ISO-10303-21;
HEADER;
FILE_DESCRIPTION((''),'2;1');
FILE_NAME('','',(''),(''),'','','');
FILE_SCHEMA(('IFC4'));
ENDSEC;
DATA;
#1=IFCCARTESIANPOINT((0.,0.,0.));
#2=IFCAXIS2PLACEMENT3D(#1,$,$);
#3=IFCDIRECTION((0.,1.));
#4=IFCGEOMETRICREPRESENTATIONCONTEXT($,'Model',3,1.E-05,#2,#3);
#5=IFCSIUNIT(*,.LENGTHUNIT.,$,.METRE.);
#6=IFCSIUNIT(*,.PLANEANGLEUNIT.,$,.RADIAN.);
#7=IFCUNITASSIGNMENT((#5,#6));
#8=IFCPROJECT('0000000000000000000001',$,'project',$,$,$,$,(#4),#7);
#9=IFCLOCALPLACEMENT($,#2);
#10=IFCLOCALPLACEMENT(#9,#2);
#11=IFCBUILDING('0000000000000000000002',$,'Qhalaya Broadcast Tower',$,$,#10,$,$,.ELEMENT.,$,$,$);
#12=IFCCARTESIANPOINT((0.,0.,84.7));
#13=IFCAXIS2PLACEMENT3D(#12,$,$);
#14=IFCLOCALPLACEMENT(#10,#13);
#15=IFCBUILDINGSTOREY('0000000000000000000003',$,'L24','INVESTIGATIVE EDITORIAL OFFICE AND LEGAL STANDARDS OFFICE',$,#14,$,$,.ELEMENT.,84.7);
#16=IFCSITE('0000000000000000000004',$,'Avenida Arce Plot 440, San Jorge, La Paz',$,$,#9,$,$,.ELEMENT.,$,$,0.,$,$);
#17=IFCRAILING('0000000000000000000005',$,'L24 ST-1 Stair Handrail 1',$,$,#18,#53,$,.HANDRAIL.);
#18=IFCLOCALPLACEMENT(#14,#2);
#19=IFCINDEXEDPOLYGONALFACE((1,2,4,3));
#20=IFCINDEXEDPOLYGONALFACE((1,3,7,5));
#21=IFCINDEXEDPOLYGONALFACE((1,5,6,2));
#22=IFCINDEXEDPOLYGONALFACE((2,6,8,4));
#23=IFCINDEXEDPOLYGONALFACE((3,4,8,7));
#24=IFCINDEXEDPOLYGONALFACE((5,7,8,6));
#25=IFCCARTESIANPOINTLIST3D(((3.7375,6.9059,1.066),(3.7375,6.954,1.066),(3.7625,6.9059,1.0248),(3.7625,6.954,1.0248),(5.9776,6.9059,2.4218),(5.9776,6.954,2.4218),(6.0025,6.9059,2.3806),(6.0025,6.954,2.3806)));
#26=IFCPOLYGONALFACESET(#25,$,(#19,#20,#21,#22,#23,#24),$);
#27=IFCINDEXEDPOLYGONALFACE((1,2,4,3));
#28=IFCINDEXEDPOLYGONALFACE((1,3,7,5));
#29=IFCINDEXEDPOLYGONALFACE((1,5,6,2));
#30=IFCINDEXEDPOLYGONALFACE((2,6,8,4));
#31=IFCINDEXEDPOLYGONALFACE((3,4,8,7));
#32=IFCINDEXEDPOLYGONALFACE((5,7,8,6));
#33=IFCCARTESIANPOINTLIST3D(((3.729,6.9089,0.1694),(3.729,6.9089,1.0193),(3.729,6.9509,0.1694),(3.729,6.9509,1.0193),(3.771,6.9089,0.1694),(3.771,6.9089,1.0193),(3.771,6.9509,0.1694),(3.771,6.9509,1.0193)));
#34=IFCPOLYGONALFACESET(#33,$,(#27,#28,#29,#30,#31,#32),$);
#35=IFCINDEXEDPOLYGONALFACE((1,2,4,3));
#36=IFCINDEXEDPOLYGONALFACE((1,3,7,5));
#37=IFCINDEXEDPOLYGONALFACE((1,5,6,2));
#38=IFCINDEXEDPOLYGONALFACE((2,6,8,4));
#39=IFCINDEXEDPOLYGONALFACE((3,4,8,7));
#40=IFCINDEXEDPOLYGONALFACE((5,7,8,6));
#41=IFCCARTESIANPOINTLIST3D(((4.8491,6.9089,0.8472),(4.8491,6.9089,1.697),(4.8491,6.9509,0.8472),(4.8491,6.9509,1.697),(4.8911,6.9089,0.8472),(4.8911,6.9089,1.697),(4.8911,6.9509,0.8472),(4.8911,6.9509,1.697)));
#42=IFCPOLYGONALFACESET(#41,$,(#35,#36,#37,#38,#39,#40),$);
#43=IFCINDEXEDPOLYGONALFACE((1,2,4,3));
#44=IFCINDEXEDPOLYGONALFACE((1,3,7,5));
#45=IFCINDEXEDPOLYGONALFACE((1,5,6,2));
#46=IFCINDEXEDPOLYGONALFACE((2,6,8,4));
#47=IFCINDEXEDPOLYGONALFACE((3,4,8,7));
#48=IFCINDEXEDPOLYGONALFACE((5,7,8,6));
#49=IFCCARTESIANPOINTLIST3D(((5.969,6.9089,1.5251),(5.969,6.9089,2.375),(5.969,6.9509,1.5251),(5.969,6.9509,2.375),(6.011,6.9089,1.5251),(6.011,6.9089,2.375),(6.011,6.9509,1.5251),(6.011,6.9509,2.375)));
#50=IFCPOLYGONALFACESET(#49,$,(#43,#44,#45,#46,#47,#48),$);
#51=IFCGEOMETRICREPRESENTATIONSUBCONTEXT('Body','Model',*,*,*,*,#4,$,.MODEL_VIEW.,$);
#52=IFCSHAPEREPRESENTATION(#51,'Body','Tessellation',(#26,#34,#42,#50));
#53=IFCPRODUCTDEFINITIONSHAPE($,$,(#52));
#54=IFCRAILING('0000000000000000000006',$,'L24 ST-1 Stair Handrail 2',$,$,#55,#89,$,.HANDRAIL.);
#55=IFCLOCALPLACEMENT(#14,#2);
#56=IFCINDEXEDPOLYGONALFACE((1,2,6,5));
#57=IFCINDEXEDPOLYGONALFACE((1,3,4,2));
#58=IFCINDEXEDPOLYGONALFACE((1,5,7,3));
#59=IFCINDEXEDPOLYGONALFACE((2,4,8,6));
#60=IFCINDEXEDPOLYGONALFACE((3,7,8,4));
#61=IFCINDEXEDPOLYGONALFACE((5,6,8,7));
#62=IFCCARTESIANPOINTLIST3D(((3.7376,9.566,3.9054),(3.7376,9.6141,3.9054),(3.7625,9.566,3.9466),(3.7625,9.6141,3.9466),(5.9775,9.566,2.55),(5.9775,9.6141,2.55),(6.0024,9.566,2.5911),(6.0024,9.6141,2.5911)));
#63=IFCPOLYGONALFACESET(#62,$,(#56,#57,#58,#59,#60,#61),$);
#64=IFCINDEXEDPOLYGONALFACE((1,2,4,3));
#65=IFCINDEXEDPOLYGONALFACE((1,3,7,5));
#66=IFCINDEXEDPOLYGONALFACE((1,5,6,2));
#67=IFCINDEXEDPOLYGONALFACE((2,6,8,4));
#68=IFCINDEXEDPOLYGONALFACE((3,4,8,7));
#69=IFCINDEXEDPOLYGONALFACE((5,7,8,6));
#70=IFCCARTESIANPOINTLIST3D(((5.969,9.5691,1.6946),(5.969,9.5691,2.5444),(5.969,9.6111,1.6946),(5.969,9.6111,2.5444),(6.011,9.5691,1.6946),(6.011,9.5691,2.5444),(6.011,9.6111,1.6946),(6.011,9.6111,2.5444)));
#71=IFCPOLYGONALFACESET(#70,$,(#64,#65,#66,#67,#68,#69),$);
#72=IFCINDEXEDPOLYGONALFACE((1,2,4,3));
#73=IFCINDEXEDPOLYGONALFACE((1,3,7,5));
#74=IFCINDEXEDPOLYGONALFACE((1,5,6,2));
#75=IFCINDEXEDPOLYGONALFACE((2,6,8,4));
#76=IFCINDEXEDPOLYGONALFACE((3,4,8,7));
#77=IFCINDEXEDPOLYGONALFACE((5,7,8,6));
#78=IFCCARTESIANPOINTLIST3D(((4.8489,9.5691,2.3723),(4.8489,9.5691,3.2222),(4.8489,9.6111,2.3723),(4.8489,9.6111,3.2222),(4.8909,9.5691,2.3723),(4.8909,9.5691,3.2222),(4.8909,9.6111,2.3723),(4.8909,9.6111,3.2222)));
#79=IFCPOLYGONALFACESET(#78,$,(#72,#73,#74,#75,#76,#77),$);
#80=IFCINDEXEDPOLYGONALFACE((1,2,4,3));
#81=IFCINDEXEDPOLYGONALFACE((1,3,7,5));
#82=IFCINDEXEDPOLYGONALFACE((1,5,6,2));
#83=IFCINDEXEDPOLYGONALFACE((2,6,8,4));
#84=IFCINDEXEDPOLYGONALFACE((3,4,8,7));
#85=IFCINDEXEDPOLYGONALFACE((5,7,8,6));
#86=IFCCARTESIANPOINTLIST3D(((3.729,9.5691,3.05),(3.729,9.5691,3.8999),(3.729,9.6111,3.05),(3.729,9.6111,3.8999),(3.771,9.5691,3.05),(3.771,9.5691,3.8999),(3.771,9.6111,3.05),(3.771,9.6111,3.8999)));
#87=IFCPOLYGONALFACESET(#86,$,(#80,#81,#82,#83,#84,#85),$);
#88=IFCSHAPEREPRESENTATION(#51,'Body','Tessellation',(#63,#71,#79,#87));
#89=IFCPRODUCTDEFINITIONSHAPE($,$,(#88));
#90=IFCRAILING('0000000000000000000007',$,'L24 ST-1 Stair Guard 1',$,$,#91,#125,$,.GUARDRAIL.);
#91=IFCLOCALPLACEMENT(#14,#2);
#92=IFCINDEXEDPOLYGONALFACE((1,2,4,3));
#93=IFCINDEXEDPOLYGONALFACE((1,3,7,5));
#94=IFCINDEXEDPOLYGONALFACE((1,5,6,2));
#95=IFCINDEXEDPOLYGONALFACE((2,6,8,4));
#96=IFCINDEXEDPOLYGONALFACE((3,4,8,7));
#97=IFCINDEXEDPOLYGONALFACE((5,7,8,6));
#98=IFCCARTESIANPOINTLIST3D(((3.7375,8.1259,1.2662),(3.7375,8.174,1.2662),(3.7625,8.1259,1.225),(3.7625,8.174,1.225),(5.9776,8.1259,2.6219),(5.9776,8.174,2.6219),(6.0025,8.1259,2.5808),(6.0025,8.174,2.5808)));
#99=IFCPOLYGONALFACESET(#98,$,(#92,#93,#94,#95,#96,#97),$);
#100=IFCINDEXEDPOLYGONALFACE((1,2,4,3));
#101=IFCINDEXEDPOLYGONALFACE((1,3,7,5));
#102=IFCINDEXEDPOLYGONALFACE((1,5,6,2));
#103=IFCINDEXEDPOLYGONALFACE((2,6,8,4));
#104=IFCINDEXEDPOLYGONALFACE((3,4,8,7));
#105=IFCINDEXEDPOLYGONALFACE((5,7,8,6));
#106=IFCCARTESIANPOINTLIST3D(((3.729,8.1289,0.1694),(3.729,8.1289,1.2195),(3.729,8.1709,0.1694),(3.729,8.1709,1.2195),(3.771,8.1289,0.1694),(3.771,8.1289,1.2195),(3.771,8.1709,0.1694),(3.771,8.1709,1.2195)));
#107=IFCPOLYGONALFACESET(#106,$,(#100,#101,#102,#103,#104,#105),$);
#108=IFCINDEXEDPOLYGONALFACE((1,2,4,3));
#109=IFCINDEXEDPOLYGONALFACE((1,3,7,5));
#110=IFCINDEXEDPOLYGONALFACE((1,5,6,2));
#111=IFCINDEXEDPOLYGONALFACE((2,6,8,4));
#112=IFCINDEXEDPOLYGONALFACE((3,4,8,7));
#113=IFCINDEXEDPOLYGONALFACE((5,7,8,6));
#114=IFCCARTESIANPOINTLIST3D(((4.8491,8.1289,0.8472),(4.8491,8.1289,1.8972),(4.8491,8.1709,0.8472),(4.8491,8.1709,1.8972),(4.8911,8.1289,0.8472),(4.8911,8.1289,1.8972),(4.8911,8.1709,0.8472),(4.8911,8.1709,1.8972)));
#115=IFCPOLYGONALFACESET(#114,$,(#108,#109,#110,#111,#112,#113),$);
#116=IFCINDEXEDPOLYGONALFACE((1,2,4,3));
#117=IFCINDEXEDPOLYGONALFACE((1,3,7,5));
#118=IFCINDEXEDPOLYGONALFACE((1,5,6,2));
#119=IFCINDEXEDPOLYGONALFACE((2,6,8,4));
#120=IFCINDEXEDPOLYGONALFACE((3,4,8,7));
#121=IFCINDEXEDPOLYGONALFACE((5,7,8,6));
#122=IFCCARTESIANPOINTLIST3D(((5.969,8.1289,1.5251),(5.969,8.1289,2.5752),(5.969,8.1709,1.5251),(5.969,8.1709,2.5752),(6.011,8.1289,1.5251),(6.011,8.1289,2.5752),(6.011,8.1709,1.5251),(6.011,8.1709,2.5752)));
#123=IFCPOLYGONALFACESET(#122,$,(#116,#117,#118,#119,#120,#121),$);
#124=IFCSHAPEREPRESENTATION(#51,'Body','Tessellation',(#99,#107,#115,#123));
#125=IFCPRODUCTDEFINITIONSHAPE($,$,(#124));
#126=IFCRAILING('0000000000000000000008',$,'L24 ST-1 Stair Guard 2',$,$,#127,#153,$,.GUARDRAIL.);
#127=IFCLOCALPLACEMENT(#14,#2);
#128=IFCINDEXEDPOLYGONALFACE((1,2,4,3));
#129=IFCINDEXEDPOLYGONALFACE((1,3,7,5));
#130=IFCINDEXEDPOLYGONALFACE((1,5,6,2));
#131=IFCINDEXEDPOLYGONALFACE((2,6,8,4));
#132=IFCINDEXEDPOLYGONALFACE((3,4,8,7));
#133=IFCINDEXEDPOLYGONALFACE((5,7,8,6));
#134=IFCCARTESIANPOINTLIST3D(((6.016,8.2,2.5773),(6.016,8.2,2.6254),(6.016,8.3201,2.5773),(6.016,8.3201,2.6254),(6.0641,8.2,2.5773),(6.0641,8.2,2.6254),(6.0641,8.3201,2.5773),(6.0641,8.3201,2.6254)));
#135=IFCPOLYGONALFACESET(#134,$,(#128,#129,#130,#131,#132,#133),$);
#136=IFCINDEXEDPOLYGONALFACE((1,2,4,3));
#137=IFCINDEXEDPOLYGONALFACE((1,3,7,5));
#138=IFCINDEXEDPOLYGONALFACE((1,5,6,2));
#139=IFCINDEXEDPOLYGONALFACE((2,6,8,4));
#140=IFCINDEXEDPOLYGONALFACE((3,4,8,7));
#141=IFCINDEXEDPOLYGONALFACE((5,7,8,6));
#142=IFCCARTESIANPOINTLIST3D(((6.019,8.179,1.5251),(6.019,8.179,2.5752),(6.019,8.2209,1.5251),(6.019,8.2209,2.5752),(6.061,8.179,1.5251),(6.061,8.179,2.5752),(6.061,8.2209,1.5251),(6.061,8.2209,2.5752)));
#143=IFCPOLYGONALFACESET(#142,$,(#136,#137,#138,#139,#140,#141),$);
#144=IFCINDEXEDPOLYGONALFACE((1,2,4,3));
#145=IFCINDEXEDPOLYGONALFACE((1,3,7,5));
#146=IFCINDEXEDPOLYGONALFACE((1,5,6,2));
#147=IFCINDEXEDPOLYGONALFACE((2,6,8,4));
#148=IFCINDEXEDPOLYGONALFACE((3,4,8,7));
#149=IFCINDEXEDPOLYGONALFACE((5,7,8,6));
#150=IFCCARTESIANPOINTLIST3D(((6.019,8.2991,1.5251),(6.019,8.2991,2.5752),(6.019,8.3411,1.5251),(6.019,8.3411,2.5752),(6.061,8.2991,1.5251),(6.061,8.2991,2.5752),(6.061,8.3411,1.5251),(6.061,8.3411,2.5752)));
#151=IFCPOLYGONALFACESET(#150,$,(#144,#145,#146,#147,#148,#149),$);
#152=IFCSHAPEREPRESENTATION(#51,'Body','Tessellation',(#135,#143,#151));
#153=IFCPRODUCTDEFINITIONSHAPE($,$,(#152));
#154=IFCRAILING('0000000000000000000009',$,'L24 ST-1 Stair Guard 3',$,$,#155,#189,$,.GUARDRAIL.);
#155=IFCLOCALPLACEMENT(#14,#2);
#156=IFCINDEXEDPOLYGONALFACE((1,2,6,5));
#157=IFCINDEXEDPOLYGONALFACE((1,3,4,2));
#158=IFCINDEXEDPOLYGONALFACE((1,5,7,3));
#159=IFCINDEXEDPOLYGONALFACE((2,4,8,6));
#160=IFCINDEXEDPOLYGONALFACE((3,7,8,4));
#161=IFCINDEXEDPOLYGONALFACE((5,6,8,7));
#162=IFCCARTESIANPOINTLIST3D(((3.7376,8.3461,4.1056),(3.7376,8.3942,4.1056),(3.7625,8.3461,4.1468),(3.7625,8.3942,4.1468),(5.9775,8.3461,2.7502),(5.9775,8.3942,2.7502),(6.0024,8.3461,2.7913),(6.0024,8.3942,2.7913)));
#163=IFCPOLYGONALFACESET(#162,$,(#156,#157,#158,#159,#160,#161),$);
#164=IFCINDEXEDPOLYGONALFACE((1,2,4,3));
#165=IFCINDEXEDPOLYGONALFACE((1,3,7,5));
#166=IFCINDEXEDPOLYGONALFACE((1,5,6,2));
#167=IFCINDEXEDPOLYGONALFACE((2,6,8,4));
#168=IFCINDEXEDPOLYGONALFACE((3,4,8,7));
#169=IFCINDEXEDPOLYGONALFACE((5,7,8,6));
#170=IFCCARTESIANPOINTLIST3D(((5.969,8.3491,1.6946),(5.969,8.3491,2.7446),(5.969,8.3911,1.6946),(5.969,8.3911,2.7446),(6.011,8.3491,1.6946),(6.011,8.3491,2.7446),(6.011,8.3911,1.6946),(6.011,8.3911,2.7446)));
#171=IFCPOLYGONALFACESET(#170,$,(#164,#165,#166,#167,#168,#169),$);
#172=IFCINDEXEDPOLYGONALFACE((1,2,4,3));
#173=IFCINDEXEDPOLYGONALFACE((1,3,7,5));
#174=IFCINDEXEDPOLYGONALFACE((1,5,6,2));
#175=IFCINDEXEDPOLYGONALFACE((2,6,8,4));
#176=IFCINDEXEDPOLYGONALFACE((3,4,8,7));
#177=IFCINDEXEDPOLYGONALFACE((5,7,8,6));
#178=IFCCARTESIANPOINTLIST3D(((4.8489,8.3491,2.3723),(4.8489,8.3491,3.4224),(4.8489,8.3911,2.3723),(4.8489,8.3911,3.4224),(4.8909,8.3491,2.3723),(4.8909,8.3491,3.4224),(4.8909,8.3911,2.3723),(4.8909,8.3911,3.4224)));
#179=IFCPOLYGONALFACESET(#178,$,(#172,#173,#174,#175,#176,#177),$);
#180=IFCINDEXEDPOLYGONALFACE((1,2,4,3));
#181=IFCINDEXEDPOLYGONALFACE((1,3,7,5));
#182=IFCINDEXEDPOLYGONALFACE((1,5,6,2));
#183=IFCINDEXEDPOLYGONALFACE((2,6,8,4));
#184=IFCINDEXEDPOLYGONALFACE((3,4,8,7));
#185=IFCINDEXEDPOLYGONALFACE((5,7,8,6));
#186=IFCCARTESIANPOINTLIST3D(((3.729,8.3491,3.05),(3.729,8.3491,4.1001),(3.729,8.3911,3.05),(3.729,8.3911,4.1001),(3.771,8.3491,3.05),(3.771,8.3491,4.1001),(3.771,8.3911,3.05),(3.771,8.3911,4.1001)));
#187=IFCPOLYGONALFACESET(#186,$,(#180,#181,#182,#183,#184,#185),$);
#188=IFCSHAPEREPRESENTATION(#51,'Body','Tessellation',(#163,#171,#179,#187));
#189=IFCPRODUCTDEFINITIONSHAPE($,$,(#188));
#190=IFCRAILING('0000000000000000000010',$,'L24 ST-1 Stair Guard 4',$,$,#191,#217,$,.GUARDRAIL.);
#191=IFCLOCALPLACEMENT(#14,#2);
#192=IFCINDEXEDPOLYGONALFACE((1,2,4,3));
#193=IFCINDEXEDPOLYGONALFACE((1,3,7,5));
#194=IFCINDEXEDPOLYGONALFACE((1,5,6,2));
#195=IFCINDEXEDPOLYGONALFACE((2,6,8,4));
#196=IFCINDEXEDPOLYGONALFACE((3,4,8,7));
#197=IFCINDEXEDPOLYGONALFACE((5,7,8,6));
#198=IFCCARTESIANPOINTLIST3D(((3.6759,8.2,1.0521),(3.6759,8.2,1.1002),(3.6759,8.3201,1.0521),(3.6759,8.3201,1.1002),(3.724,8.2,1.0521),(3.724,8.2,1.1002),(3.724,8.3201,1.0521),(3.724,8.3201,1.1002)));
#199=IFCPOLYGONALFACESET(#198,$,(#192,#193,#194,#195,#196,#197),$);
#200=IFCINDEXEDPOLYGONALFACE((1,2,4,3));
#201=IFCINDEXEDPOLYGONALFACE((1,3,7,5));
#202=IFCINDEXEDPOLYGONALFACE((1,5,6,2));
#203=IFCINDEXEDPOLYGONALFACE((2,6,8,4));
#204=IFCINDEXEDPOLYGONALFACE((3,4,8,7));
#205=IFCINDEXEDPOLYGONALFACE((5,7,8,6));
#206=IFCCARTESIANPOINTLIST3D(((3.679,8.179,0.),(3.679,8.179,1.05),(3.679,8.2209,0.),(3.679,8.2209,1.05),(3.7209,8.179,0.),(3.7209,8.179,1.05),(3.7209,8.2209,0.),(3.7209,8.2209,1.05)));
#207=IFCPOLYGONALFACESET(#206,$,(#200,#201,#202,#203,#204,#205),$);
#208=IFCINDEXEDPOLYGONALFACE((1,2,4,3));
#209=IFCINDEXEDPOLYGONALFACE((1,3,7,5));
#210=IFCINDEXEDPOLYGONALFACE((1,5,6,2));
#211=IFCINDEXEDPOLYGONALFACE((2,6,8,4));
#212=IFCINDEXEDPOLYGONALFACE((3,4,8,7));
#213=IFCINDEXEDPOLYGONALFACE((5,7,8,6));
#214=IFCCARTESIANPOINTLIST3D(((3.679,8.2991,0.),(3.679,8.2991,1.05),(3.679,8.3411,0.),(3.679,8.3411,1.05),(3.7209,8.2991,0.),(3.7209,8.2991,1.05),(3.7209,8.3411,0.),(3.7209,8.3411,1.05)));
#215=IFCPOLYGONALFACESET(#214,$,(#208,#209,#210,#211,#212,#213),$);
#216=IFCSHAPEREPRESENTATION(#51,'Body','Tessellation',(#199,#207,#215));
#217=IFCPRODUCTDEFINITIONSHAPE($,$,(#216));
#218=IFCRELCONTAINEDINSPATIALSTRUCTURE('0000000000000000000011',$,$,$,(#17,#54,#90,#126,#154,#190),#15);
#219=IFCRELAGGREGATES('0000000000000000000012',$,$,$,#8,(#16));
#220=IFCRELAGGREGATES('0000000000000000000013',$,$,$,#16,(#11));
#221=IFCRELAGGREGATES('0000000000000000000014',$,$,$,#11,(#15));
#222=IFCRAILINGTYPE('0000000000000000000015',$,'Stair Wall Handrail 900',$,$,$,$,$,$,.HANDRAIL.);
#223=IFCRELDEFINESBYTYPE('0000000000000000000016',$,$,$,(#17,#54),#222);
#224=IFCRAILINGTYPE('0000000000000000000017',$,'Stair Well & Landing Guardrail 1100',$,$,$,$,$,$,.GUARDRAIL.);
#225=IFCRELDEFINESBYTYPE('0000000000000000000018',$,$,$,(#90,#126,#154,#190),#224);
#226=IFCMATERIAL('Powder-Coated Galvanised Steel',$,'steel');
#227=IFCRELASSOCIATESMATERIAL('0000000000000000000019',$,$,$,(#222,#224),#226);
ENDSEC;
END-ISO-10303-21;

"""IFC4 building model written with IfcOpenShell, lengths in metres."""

from ifc_helpers import new_model, si_unit, direction, frame, origin, origin_2d, place, context, subcontext, project, spatial, rectangle, extrude, material, type_object, element, save


model = new_model("IFC4")

# Units and contexts
model_context = context("Model", 3, precision=1e-05, world=origin(), true_north=direction((0.0, 1.0)))
body_context = subcontext(model_context, "Body", "Model", "MODEL_VIEW")
ifc_project = project(units=[si_unit("LENGTHUNIT", "METRE"), si_unit("PLANEANGLEUNIT", "RADIAN")], contexts=[model_context])

# Site, building, storey
site_placement = place(None, origin())
site = spatial("IfcSite", under=ifc_project, at=site_placement, Name="Avenida Arce Plot 440, San Jorge, La Paz", CompositionType="ELEMENT", RefElevation=0.0)
building_placement = place(site_placement, origin())
building = spatial("IfcBuilding", under=site, at=building_placement, Name="Qhalaya Broadcast Tower", CompositionType="ELEMENT")
storey_placement = place(building_placement, frame((0.0, 0.0, 84.7)))
storey = spatial("IfcBuildingStorey", under=building, at=storey_placement, Name="L24", Description="INVESTIGATIVE EDITORIAL OFFICE AND LEGAL STANDARDS OFFICE", CompositionType="ELEMENT", Elevation=84.7)

# Railings
ifc_material_1 = material(Name="Powder-Coated Galvanised Steel", Category="steel")
railing_type_1 = type_object("IfcRailingType", Name="Stair Wall Handrail 900", PredefinedType="HANDRAIL", material=ifc_material_1)
railing_1_placement = place(storey_placement, frame((3.75, 6.9299, 0.1694)))
element("IfcRailing", 1, at=railing_1_placement, inside=storey, type_object=railing_type_1, Name="L24 ST-1 Stair Handrail 1", PredefinedType="HANDRAIL", context=body_context, shape_type="SweptSolid", body=[
    extrude(rectangle(XDim=0.0481, YDim=0.0481, at=origin_2d()), frame((0.0, 0.0, 0.876), z_axis=(0.855512, 0.0, 0.517783), x_axis=(0.0, 1.0, 0.0)), (0.0, 0.0, 1.0), 2.6184),
    extrude(rectangle(XDim=0.042, YDim=0.042, at=origin_2d()), origin(), (0.0, 0.0, 1.0), 0.8499),
    extrude(rectangle(XDim=0.042, YDim=0.042, at=origin_2d()), frame((1.1201, 0.0, 0.6777)), (0.0, 0.0, 1.0), 0.8499),
    extrude(rectangle(XDim=0.042, YDim=0.042, at=origin_2d()), frame((2.24, 0.0, 1.3557)), (0.0, 0.0, 1.0), 0.8499),
])
railing_2_placement = place(storey_placement, frame((5.99, 9.5901, 1.6946)))
element("IfcRailing", 2, at=railing_2_placement, inside=storey, type_object=railing_type_1, Name="L24 ST-1 Stair Handrail 2", PredefinedType="HANDRAIL", context=body_context, shape_type="SweptSolid", body=[
    extrude(rectangle(XDim=0.0481, YDim=0.0481, at=origin_2d()), frame((0.0, 0.0, 0.876), z_axis=(-0.855553, 0.0, 0.517715), x_axis=(0.0, -1.0, 0.0)), (0.0, 0.0, 1.0), 2.6182),
    extrude(rectangle(XDim=0.042, YDim=0.042, at=origin_2d()), origin(), (0.0, 0.0, 1.0), 0.8499),
    extrude(rectangle(XDim=0.042, YDim=0.042, at=origin_2d()), frame((-1.1201, 0.0, 0.6777)), (0.0, 0.0, 1.0), 0.8499),
    extrude(rectangle(XDim=0.042, YDim=0.042, at=origin_2d()), frame((-2.24, 0.0, 1.3555)), (0.0, 0.0, 1.0), 0.8499),
])
railing_type_2 = type_object("IfcRailingType", Name="Stair Well & Landing Guardrail 1100", PredefinedType="GUARDRAIL", material=ifc_material_1)
railing_3_placement = place(storey_placement, frame((3.75, 8.1499, 0.1694)))
element("IfcRailing", 3, at=railing_3_placement, inside=storey, type_object=railing_type_2, Name="L24 ST-1 Stair Guard 1", PredefinedType="GUARDRAIL", context=body_context, shape_type="SweptSolid", body=[
    extrude(rectangle(XDim=0.0481, YDim=0.0481, at=origin_2d()), frame((0.0, 0.0, 1.0762), z_axis=(0.855512, 0.0, 0.517783), x_axis=(0.0, 1.0, 0.0)), (0.0, 0.0, 1.0), 2.6184),
    extrude(rectangle(XDim=0.042, YDim=0.042, at=origin_2d()), origin(), (0.0, 0.0, 1.0), 1.05),
    extrude(rectangle(XDim=0.042, YDim=0.042, at=origin_2d()), frame((1.1201, 0.0, 0.6777)), (0.0, 0.0, 1.0), 1.05),
    extrude(rectangle(XDim=0.042, YDim=0.042, at=origin_2d()), frame((2.24, 0.0, 1.3557)), (0.0, 0.0, 1.0), 1.05),
])
railing_4_placement = place(storey_placement, frame((6.04, 8.2, 1.5251)))
element("IfcRailing", 4, at=railing_4_placement, inside=storey, type_object=railing_type_2, Name="L24 ST-1 Stair Guard 2", PredefinedType="GUARDRAIL", context=body_context, shape_type="SweptSolid", body=[
    extrude(rectangle(XDim=0.0481, YDim=0.0481, at=origin_2d()), frame((0.0, 0.0, 1.0762), z_axis=(0.0, 1.0, 0.0), x_axis=(-1.0, 0.0, 0.0)), (0.0, 0.0, 1.0), 0.1201),
    extrude(rectangle(XDim=0.042, YDim=0.042, at=origin_2d()), origin(), (0.0, 0.0, 1.0), 1.05),
    extrude(rectangle(XDim=0.042, YDim=0.042, at=origin_2d()), frame((0.0, 0.1201, 0.0)), (0.0, 0.0, 1.0), 1.05),
])
railing_5_placement = place(storey_placement, frame((5.99, 8.3701, 1.6946)))
element("IfcRailing", 5, at=railing_5_placement, inside=storey, type_object=railing_type_2, Name="L24 ST-1 Stair Guard 3", PredefinedType="GUARDRAIL", context=body_context, shape_type="SweptSolid", body=[
    extrude(rectangle(XDim=0.0481, YDim=0.0481, at=origin_2d()), frame((0.0, 0.0, 1.0762), z_axis=(-0.855553, 0.0, 0.517715), x_axis=(0.0, -1.0, 0.0)), (0.0, 0.0, 1.0), 2.6182),
    extrude(rectangle(XDim=0.042, YDim=0.042, at=origin_2d()), origin(), (0.0, 0.0, 1.0), 1.05),
    extrude(rectangle(XDim=0.042, YDim=0.042, at=origin_2d()), frame((-1.1201, 0.0, 0.6777)), (0.0, 0.0, 1.0), 1.05),
    extrude(rectangle(XDim=0.042, YDim=0.042, at=origin_2d()), frame((-2.24, 0.0, 1.3555)), (0.0, 0.0, 1.0), 1.05),
])
railing_6_placement = place(storey_placement, frame((3.7, 8.2, 0.0)))
element("IfcRailing", 6, at=railing_6_placement, inside=storey, type_object=railing_type_2, Name="L24 ST-1 Stair Guard 4", PredefinedType="GUARDRAIL", context=body_context, shape_type="SweptSolid", body=[
    extrude(rectangle(XDim=0.0481, YDim=0.0481, at=origin_2d()), frame((0.0, 0.0, 1.0762), z_axis=(0.0, 1.0, 0.0), x_axis=(-1.0, 0.0, 0.0)), (0.0, 0.0, 1.0), 0.1201),
    extrude(rectangle(XDim=0.042, YDim=0.042, at=origin_2d()), origin(), (0.0, 0.0, 1.0), 1.05),
    extrude(rectangle(XDim=0.042, YDim=0.042, at=origin_2d()), frame((0.0, 0.1201, 0.0)), (0.0, 0.0, 1.0), 1.05),
])

save(model, "model.ifc")
